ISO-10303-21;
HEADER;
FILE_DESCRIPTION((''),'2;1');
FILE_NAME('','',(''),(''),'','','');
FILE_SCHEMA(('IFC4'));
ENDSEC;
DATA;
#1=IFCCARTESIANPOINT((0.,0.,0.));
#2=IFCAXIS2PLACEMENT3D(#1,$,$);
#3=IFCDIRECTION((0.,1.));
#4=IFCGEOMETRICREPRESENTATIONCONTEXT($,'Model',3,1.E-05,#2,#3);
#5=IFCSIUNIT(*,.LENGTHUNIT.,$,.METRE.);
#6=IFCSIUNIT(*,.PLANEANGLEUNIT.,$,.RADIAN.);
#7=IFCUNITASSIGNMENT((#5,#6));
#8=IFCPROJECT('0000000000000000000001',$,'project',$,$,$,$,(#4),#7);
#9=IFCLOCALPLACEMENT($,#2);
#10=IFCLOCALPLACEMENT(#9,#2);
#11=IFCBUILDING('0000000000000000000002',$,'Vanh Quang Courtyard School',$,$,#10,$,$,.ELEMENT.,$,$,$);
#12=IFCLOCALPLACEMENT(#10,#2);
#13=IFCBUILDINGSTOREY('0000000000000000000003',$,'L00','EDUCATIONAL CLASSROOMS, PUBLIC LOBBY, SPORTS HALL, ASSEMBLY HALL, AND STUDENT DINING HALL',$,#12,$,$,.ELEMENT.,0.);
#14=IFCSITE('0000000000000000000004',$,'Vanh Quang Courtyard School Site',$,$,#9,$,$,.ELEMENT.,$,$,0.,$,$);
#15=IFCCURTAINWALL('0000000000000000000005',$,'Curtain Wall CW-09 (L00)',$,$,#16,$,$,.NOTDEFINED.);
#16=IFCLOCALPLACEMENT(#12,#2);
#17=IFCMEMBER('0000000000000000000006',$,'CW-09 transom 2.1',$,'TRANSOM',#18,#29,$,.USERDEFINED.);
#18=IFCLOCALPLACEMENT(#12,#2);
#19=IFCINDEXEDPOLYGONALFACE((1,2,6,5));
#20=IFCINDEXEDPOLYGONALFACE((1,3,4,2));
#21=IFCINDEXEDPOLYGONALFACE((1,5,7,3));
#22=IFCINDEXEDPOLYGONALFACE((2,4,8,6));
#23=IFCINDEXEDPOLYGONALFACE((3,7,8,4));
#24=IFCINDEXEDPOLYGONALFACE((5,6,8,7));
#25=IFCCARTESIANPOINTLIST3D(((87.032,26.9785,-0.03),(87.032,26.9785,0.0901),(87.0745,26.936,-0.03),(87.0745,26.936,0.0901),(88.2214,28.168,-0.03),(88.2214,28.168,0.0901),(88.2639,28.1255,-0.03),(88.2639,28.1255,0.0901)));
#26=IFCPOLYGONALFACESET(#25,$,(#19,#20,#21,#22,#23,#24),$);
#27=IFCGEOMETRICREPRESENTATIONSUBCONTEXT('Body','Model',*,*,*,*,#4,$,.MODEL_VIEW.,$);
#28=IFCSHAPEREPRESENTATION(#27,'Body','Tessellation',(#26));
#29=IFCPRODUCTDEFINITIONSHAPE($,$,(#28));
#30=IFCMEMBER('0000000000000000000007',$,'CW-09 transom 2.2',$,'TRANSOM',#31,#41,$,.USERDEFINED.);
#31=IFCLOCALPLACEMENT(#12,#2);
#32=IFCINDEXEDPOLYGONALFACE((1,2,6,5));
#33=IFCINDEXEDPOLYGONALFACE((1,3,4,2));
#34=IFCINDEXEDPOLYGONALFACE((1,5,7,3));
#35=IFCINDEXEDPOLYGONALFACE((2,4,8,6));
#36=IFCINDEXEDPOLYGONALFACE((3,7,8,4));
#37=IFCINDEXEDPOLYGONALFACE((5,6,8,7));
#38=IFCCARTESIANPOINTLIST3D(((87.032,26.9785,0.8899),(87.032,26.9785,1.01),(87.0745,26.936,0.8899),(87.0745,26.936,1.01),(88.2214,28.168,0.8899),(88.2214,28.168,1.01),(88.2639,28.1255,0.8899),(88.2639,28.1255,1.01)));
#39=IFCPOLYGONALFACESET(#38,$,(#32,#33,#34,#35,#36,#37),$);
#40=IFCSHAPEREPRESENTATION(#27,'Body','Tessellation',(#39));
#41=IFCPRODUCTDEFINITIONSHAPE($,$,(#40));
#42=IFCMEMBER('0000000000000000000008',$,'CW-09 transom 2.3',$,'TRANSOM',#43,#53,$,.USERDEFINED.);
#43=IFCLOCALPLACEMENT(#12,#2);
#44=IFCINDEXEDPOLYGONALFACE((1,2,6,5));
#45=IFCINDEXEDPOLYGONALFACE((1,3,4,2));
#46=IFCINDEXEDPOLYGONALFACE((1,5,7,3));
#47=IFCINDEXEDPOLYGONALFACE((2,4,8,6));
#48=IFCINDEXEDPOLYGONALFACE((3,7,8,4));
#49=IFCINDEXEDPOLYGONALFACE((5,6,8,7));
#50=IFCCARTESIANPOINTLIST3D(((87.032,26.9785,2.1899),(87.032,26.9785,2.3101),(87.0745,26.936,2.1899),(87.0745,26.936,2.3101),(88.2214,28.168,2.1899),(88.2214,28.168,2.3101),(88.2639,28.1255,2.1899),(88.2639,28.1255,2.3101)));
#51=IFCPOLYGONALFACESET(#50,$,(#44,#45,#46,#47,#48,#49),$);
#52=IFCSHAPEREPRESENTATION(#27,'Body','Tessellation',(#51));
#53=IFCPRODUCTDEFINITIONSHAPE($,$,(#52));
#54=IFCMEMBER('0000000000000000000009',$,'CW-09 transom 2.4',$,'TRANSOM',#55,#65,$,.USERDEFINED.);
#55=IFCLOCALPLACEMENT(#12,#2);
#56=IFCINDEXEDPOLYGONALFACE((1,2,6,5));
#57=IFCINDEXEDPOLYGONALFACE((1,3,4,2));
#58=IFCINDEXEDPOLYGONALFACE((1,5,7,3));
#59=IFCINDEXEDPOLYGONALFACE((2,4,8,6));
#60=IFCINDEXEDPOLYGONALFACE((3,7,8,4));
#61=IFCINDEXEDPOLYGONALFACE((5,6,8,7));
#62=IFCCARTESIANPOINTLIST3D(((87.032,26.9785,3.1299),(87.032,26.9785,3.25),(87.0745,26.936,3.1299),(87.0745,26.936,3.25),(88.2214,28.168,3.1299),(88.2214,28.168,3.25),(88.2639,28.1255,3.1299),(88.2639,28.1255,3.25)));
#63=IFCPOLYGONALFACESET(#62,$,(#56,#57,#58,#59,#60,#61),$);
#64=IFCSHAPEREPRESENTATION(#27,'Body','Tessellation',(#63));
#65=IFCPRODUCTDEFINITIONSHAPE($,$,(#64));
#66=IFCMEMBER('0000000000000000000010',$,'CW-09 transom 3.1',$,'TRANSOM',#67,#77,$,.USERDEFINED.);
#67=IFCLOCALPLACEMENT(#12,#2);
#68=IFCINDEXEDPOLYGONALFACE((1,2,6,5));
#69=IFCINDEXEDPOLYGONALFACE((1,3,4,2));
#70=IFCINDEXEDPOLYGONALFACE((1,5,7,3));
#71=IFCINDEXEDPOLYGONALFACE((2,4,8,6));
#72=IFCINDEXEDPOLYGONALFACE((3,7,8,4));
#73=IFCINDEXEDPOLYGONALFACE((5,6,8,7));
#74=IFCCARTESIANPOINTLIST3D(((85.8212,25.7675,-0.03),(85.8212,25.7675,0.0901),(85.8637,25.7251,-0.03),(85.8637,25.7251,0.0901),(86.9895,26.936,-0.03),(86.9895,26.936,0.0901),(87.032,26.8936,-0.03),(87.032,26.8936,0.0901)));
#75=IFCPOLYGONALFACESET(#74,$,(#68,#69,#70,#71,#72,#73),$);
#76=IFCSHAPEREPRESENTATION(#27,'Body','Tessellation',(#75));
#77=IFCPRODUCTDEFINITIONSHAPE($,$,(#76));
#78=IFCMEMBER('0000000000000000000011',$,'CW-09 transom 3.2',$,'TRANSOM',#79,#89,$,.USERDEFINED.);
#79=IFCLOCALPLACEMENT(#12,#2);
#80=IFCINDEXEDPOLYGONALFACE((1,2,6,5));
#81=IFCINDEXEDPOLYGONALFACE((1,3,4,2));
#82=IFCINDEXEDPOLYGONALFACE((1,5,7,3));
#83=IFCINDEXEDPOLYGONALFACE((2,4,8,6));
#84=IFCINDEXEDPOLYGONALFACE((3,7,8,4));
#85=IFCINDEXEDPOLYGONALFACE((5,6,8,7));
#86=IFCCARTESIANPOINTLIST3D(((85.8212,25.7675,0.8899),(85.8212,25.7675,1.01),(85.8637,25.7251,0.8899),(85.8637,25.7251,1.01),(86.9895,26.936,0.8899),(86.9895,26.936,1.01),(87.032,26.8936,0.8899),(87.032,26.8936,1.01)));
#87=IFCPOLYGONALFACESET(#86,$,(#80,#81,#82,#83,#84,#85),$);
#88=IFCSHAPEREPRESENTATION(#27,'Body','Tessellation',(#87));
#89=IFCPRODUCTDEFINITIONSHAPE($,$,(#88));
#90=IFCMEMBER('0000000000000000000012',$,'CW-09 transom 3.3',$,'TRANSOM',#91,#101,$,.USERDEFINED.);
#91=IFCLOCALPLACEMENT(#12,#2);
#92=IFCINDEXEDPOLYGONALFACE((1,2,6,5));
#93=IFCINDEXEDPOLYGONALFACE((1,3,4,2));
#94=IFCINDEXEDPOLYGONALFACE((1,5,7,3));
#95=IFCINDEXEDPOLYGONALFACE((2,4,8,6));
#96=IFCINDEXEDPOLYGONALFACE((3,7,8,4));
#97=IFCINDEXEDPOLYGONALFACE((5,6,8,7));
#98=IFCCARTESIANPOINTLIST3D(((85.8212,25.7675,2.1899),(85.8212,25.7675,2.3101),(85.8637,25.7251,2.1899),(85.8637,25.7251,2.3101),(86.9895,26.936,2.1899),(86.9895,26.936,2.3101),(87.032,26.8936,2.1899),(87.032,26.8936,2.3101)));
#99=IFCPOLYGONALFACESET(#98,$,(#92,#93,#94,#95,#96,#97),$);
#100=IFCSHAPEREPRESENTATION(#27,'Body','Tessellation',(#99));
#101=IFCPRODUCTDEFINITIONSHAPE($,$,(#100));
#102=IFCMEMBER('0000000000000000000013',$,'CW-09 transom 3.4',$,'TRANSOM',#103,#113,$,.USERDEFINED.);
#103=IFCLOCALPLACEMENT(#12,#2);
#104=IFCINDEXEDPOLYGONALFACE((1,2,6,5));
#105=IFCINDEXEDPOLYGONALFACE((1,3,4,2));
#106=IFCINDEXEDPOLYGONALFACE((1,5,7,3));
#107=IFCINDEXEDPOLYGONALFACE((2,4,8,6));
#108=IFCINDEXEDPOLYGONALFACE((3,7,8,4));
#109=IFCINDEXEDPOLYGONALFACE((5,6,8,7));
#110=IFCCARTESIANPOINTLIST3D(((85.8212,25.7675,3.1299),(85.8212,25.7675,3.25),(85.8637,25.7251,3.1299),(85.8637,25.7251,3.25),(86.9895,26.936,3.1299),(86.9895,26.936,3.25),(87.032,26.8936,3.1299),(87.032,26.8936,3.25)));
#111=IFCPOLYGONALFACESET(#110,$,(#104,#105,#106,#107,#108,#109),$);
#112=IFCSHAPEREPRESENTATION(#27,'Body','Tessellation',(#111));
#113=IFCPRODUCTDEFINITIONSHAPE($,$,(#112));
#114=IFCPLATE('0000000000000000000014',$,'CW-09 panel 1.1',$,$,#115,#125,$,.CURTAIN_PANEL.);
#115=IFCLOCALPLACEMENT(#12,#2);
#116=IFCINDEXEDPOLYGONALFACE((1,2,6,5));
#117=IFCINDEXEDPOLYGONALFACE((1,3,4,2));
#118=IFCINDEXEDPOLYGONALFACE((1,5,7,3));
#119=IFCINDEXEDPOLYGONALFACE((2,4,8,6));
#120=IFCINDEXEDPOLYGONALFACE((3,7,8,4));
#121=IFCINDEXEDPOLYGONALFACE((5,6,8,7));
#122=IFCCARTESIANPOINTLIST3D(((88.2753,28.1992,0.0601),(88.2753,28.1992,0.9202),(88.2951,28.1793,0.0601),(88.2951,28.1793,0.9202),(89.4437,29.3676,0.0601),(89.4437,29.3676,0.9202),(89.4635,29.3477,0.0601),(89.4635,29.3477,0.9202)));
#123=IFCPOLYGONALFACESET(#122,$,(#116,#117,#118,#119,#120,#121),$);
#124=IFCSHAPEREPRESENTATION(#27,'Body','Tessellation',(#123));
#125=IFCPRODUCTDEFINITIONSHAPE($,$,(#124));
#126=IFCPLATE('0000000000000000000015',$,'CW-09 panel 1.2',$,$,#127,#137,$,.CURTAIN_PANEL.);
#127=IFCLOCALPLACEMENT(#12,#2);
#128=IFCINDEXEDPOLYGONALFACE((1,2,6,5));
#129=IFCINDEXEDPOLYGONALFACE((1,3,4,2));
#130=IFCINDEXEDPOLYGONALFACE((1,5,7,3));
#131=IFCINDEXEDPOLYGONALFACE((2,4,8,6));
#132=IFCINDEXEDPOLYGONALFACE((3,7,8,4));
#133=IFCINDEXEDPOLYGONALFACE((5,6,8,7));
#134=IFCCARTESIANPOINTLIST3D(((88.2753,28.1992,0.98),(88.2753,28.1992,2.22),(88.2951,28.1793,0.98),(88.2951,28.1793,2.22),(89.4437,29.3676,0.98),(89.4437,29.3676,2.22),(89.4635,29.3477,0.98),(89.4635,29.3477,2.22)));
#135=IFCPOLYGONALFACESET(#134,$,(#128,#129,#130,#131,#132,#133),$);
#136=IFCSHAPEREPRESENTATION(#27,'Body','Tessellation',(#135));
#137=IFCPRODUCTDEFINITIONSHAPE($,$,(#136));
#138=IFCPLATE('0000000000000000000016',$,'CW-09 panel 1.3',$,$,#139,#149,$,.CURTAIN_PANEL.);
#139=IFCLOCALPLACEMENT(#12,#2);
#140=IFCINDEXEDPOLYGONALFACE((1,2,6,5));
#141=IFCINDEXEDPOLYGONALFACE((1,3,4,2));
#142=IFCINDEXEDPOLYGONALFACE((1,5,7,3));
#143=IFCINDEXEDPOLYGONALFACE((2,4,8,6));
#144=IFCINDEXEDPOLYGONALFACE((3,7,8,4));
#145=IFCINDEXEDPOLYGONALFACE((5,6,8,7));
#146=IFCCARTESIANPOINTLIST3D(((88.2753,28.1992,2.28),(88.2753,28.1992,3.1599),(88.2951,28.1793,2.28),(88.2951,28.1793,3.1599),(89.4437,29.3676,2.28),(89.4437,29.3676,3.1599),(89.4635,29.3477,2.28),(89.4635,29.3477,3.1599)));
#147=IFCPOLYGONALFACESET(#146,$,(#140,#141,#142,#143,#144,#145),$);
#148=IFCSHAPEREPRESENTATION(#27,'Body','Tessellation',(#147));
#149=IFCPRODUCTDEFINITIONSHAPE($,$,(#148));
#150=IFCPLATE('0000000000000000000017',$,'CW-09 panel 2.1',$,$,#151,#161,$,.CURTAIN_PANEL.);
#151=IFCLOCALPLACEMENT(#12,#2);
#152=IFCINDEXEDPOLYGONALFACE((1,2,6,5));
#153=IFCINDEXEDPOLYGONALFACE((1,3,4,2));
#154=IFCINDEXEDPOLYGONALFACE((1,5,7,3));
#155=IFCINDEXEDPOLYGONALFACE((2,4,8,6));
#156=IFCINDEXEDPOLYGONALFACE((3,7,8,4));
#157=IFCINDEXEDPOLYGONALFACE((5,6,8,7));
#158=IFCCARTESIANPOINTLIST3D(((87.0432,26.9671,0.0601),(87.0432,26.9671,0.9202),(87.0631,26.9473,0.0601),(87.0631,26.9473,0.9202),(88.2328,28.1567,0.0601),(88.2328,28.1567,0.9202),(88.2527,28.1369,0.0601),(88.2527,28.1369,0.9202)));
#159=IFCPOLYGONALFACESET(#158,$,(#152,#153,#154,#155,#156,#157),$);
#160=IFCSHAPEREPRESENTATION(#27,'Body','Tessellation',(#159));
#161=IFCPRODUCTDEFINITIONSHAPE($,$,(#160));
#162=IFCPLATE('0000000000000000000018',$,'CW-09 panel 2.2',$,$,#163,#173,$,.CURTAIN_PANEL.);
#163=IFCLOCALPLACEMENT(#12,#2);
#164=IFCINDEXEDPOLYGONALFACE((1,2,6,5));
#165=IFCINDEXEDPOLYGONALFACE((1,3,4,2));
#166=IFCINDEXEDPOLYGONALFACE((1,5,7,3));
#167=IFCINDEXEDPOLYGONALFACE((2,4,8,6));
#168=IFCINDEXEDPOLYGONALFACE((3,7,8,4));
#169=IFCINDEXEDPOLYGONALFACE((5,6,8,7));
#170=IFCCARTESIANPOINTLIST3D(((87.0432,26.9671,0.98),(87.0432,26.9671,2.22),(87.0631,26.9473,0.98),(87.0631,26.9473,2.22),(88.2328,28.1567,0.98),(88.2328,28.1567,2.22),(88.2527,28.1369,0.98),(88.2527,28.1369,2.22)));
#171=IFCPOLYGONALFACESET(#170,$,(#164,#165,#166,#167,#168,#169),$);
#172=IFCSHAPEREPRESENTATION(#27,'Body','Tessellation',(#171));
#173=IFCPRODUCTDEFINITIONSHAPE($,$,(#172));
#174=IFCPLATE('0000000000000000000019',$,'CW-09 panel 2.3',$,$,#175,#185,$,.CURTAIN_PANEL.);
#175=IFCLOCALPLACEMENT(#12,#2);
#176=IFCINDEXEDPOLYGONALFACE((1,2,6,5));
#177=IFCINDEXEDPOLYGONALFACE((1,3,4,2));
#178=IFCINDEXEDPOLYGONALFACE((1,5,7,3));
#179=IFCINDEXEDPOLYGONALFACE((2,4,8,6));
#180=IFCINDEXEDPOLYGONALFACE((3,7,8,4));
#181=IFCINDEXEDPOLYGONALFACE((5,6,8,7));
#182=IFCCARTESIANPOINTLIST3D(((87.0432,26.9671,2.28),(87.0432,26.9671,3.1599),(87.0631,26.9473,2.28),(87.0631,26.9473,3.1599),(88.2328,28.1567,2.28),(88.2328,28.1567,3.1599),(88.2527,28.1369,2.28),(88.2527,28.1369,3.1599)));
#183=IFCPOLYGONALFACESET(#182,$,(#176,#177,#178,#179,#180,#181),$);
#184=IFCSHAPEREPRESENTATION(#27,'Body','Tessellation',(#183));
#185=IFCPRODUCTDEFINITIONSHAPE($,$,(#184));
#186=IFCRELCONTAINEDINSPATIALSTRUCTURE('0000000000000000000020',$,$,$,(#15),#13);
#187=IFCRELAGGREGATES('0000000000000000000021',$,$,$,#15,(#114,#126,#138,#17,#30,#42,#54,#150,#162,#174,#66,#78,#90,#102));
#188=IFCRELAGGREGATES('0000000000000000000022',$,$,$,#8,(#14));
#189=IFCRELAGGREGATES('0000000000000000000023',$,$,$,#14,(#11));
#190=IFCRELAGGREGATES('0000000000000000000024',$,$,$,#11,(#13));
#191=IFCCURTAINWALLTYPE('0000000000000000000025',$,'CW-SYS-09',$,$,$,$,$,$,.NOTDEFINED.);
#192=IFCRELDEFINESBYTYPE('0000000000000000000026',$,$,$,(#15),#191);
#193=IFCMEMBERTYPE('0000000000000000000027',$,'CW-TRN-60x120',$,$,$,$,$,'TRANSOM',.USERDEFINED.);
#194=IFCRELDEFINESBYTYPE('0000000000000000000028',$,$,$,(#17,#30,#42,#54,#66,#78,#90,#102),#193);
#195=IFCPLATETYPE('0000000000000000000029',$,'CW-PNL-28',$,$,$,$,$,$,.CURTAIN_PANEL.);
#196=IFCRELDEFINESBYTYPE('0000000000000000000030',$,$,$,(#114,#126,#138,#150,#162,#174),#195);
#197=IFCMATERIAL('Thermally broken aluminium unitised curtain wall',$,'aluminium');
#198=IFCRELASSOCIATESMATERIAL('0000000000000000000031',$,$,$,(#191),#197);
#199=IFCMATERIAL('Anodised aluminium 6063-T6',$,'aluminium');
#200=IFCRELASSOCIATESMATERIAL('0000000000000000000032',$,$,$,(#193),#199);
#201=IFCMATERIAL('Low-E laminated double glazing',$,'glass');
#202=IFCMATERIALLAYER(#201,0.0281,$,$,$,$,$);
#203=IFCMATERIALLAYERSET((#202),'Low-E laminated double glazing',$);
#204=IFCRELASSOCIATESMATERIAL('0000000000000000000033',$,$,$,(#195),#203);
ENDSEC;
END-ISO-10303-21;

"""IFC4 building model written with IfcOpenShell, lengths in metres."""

from ifc_helpers import new_model, si_unit, direction, frame, origin, origin_2d, place, context, subcontext, project, spatial, rectangle, extrude, material, layer, layer_set, material_profile, profile_set, type_object, element, aggregate, save


model = new_model("IFC4")

# Units and contexts
model_context = context("Model", 3, precision=1e-05, world=origin(), true_north=direction((0.0, 1.0)))
body_context = subcontext(model_context, "Body", "Model", "MODEL_VIEW")
ifc_project = project(units=[si_unit("LENGTHUNIT", "METRE"), si_unit("PLANEANGLEUNIT", "RADIAN")], contexts=[model_context])

# Site, building, storey
site_placement = place(None, origin())
site = spatial("IfcSite", under=ifc_project, at=site_placement, Name="Vanh Quang Courtyard School Site", CompositionType="ELEMENT", RefElevation=0.0)
building_placement = place(site_placement, origin())
building = spatial("IfcBuilding", under=site, at=building_placement, Name="Vanh Quang Courtyard School", CompositionType="ELEMENT")
storey_placement = place(building_placement, origin())
storey = spatial("IfcBuildingStorey", under=building, at=storey_placement, Name="L00", Description="EDUCATIONAL CLASSROOMS, PUBLIC LOBBY, SPORTS HALL, ASSEMBLY HALL, AND STUDENT DINING HALL", CompositionType="ELEMENT", Elevation=0.0)

# Curtain wall
ifc_material_1 = material(Name="Thermally broken aluminium unitised curtain wall", Category="aluminium")
curtain_wall_type_1 = type_object("IfcCurtainWallType", Name="CW-SYS-09", PredefinedType="NOTDEFINED", material=ifc_material_1)
curtain_wall_1_placement = place(storey_placement, origin())
curtain_wall_1 = element("IfcCurtainWall", 1, at=curtain_wall_1_placement, inside=storey, type_object=curtain_wall_type_1, Name="Curtain Wall CW-09 (L00)", PredefinedType="NOTDEFINED")
ifc_material_2 = material(Name="Anodised aluminium 6063-T6", Category="aluminium")

# Members
ifc_material_profile_1 = material_profile(ifc_material_2, rectangle(XDim=0.0601, YDim=0.1201, at=origin_2d()), Name="ALU-TRN 60x120")
ifc_profile_set_1 = profile_set([ifc_material_profile_1], Name="Anodised aluminium 6063-T6")
member_type_1 = type_object("IfcMemberType", Name="CW-TRN-60x120", ElementType="TRANSOM", PredefinedType="USERDEFINED", material=ifc_profile_set_1)
member_1_placement = place(storey_placement, frame((88.2427, 28.1467, 0.03), z_axis=(-0.707107, -0.707107, 0.0), x_axis=(0.707107, -0.707107, 0.0)))
member_1 = element("IfcMember", 2, at=member_1_placement, type_object=member_type_1, Name="CW-09 transom 2.1", ObjectType="TRANSOM", PredefinedType="USERDEFINED", context=body_context, shape_type="SweptSolid", body=[
    extrude(rectangle(XDim=0.0601, YDim=0.1201, at=origin_2d()), origin(), (0.0, 0.0, 1.0), 1.6821),
])
member_2_placement = place(storey_placement, frame((88.2427, 28.1467, 0.95), z_axis=(-0.707107, -0.707107, 0.0), x_axis=(0.707107, -0.707107, 0.0)))
member_2 = element("IfcMember", 3, at=member_2_placement, type_object=member_type_1, Name="CW-09 transom 2.2", ObjectType="TRANSOM", PredefinedType="USERDEFINED", context=body_context, shape_type="SweptSolid", body=[
    extrude(rectangle(XDim=0.0601, YDim=0.1201, at=origin_2d()), origin(), (0.0, 0.0, 1.0), 1.6821),
])
member_3_placement = place(storey_placement, frame((88.2427, 28.1467, 2.25), z_axis=(-0.707107, -0.707107, 0.0), x_axis=(0.707107, -0.707107, 0.0)))
member_3 = element("IfcMember", 4, at=member_3_placement, type_object=member_type_1, Name="CW-09 transom 2.3", ObjectType="TRANSOM", PredefinedType="USERDEFINED", context=body_context, shape_type="SweptSolid", body=[
    extrude(rectangle(XDim=0.0601, YDim=0.1201, at=origin_2d()), origin(), (0.0, 0.0, 1.0), 1.6821),
])
member_4_placement = place(storey_placement, frame((88.2427, 28.1467, 3.1899), z_axis=(-0.707107, -0.707107, 0.0), x_axis=(0.707107, -0.707107, 0.0)))
member_4 = element("IfcMember", 5, at=member_4_placement, type_object=member_type_1, Name="CW-09 transom 2.4", ObjectType="TRANSOM", PredefinedType="USERDEFINED", context=body_context, shape_type="SweptSolid", body=[
    extrude(rectangle(XDim=0.0601, YDim=0.1201, at=origin_2d()), origin(), (0.0, 0.0, 1.0), 1.6821),
])
member_5_placement = place(storey_placement, frame((87.0107, 26.9148, 0.03), z_axis=(-0.707033, -0.707181, 0.0), x_axis=(0.707181, -0.707033, 0.0)))
member_5 = element("IfcMember", 6, at=member_5_placement, type_object=member_type_1, Name="CW-09 transom 3.1", ObjectType="TRANSOM", PredefinedType="USERDEFINED", context=body_context, shape_type="SweptSolid", body=[
    extrude(rectangle(XDim=0.0601, YDim=0.1201, at=origin_2d()), origin(), (0.0, 0.0, 1.0), 1.6523),
])
member_6_placement = place(storey_placement, frame((87.0107, 26.9148, 0.95), z_axis=(-0.707033, -0.707181, 0.0), x_axis=(0.707181, -0.707033, 0.0)))
member_6 = element("IfcMember", 7, at=member_6_placement, type_object=member_type_1, Name="CW-09 transom 3.2", ObjectType="TRANSOM", PredefinedType="USERDEFINED", context=body_context, shape_type="SweptSolid", body=[
    extrude(rectangle(XDim=0.0601, YDim=0.1201, at=origin_2d()), origin(), (0.0, 0.0, 1.0), 1.6523),
])
member_7_placement = place(storey_placement, frame((87.0107, 26.9148, 2.25), z_axis=(-0.707033, -0.707181, 0.0), x_axis=(0.707181, -0.707033, 0.0)))
member_7 = element("IfcMember", 8, at=member_7_placement, type_object=member_type_1, Name="CW-09 transom 3.3", ObjectType="TRANSOM", PredefinedType="USERDEFINED", context=body_context, shape_type="SweptSolid", body=[
    extrude(rectangle(XDim=0.0601, YDim=0.1201, at=origin_2d()), origin(), (0.0, 0.0, 1.0), 1.6523),
])
member_8_placement = place(storey_placement, frame((87.0107, 26.9148, 3.1899), z_axis=(-0.707033, -0.707181, 0.0), x_axis=(0.707181, -0.707033, 0.0)))
member_8 = element("IfcMember", 9, at=member_8_placement, type_object=member_type_1, Name="CW-09 transom 3.4", ObjectType="TRANSOM", PredefinedType="USERDEFINED", context=body_context, shape_type="SweptSolid", body=[
    extrude(rectangle(XDim=0.0601, YDim=0.1201, at=origin_2d()), origin(), (0.0, 0.0, 1.0), 1.6523),
])

# Plates
ifc_material_3 = material(Name="Low-E laminated double glazing", Category="glass")
ifc_layer_1 = layer(ifc_material_3, 0.0281)
ifc_layer_set_1 = layer_set([ifc_layer_1], Name="Low-E laminated double glazing")
plate_type_1 = type_object("IfcPlateType", Name="CW-PNL-28", PredefinedType="CURTAIN_PANEL", material=ifc_layer_set_1)
plate_1_placement = place(storey_placement, frame((88.8694, 28.7734, 0.0601), z_axis=(0.0, 0.0, 1.0), x_axis=(-0.707107, -0.707107, 0.0)))
plate_1 = element("IfcPlate", 10, at=plate_1_placement, type_object=plate_type_1, Name="CW-09 panel 1.1", PredefinedType="CURTAIN_PANEL", context=body_context, shape_type="SweptSolid", body=[
    extrude(rectangle(XDim=1.6523, YDim=0.0281, at=origin_2d()), origin(), (0.0, 0.0, 1.0), 0.8601),
])
plate_2_placement = place(storey_placement, frame((88.8694, 28.7734, 0.98), z_axis=(0.0, 0.0, 1.0), x_axis=(-0.707107, -0.707107, 0.0)))
plate_2 = element("IfcPlate", 11, at=plate_2_placement, type_object=plate_type_1, Name="CW-09 panel 1.2", PredefinedType="CURTAIN_PANEL", context=body_context, shape_type="SweptSolid", body=[
    extrude(rectangle(XDim=1.6523, YDim=0.0281, at=origin_2d()), origin(), (0.0, 0.0, 1.0), 1.24),
])
plate_3_placement = place(storey_placement, frame((88.8694, 28.7734, 2.28), z_axis=(0.0, 0.0, 1.0), x_axis=(-0.707107, -0.707107, 0.0)))
plate_3 = element("IfcPlate", 12, at=plate_3_placement, type_object=plate_type_1, Name="CW-09 panel 1.3", PredefinedType="CURTAIN_PANEL", context=body_context, shape_type="SweptSolid", body=[
    extrude(rectangle(XDim=1.6523, YDim=0.0281, at=origin_2d()), origin(), (0.0, 0.0, 1.0), 0.8799),
])
plate_4_placement = place(storey_placement, frame((87.6479, 27.552, 0.0601), z_axis=(0.0, 0.0, 1.0), x_axis=(-0.707107, -0.707107, 0.0)))
plate_4 = element("IfcPlate", 13, at=plate_4_placement, type_object=plate_type_1, Name="CW-09 panel 2.1", PredefinedType="CURTAIN_PANEL", context=body_context, shape_type="SweptSolid", body=[
    extrude(rectangle(XDim=1.6824, YDim=0.0281, at=origin_2d()), origin(), (0.0, 0.0, 1.0), 0.8601),
])
plate_5_placement = place(storey_placement, frame((87.6479, 27.552, 0.98), z_axis=(0.0, 0.0, 1.0), x_axis=(-0.707107, -0.707107, 0.0)))
plate_5 = element("IfcPlate", 14, at=plate_5_placement, type_object=plate_type_1, Name="CW-09 panel 2.2", PredefinedType="CURTAIN_PANEL", context=body_context, shape_type="SweptSolid", body=[
    extrude(rectangle(XDim=1.6824, YDim=0.0281, at=origin_2d()), origin(), (0.0, 0.0, 1.0), 1.24),
])
plate_6_placement = place(storey_placement, frame((87.6479, 27.552, 2.28), z_axis=(0.0, 0.0, 1.0), x_axis=(-0.707107, -0.707107, 0.0)))
plate_6 = element("IfcPlate", 15, at=plate_6_placement, type_object=plate_type_1, Name="CW-09 panel 2.3", PredefinedType="CURTAIN_PANEL", context=body_context, shape_type="SweptSolid", body=[
    extrude(rectangle(XDim=1.6824, YDim=0.0281, at=origin_2d()), origin(), (0.0, 0.0, 1.0), 0.8799),
])
aggregate(curtain_wall_1, [plate_1, plate_2, plate_3, member_1, member_2, member_3, member_4, plate_4, plate_5, plate_6, member_5, member_6, member_7, member_8])

save(model, "model.ifc")
